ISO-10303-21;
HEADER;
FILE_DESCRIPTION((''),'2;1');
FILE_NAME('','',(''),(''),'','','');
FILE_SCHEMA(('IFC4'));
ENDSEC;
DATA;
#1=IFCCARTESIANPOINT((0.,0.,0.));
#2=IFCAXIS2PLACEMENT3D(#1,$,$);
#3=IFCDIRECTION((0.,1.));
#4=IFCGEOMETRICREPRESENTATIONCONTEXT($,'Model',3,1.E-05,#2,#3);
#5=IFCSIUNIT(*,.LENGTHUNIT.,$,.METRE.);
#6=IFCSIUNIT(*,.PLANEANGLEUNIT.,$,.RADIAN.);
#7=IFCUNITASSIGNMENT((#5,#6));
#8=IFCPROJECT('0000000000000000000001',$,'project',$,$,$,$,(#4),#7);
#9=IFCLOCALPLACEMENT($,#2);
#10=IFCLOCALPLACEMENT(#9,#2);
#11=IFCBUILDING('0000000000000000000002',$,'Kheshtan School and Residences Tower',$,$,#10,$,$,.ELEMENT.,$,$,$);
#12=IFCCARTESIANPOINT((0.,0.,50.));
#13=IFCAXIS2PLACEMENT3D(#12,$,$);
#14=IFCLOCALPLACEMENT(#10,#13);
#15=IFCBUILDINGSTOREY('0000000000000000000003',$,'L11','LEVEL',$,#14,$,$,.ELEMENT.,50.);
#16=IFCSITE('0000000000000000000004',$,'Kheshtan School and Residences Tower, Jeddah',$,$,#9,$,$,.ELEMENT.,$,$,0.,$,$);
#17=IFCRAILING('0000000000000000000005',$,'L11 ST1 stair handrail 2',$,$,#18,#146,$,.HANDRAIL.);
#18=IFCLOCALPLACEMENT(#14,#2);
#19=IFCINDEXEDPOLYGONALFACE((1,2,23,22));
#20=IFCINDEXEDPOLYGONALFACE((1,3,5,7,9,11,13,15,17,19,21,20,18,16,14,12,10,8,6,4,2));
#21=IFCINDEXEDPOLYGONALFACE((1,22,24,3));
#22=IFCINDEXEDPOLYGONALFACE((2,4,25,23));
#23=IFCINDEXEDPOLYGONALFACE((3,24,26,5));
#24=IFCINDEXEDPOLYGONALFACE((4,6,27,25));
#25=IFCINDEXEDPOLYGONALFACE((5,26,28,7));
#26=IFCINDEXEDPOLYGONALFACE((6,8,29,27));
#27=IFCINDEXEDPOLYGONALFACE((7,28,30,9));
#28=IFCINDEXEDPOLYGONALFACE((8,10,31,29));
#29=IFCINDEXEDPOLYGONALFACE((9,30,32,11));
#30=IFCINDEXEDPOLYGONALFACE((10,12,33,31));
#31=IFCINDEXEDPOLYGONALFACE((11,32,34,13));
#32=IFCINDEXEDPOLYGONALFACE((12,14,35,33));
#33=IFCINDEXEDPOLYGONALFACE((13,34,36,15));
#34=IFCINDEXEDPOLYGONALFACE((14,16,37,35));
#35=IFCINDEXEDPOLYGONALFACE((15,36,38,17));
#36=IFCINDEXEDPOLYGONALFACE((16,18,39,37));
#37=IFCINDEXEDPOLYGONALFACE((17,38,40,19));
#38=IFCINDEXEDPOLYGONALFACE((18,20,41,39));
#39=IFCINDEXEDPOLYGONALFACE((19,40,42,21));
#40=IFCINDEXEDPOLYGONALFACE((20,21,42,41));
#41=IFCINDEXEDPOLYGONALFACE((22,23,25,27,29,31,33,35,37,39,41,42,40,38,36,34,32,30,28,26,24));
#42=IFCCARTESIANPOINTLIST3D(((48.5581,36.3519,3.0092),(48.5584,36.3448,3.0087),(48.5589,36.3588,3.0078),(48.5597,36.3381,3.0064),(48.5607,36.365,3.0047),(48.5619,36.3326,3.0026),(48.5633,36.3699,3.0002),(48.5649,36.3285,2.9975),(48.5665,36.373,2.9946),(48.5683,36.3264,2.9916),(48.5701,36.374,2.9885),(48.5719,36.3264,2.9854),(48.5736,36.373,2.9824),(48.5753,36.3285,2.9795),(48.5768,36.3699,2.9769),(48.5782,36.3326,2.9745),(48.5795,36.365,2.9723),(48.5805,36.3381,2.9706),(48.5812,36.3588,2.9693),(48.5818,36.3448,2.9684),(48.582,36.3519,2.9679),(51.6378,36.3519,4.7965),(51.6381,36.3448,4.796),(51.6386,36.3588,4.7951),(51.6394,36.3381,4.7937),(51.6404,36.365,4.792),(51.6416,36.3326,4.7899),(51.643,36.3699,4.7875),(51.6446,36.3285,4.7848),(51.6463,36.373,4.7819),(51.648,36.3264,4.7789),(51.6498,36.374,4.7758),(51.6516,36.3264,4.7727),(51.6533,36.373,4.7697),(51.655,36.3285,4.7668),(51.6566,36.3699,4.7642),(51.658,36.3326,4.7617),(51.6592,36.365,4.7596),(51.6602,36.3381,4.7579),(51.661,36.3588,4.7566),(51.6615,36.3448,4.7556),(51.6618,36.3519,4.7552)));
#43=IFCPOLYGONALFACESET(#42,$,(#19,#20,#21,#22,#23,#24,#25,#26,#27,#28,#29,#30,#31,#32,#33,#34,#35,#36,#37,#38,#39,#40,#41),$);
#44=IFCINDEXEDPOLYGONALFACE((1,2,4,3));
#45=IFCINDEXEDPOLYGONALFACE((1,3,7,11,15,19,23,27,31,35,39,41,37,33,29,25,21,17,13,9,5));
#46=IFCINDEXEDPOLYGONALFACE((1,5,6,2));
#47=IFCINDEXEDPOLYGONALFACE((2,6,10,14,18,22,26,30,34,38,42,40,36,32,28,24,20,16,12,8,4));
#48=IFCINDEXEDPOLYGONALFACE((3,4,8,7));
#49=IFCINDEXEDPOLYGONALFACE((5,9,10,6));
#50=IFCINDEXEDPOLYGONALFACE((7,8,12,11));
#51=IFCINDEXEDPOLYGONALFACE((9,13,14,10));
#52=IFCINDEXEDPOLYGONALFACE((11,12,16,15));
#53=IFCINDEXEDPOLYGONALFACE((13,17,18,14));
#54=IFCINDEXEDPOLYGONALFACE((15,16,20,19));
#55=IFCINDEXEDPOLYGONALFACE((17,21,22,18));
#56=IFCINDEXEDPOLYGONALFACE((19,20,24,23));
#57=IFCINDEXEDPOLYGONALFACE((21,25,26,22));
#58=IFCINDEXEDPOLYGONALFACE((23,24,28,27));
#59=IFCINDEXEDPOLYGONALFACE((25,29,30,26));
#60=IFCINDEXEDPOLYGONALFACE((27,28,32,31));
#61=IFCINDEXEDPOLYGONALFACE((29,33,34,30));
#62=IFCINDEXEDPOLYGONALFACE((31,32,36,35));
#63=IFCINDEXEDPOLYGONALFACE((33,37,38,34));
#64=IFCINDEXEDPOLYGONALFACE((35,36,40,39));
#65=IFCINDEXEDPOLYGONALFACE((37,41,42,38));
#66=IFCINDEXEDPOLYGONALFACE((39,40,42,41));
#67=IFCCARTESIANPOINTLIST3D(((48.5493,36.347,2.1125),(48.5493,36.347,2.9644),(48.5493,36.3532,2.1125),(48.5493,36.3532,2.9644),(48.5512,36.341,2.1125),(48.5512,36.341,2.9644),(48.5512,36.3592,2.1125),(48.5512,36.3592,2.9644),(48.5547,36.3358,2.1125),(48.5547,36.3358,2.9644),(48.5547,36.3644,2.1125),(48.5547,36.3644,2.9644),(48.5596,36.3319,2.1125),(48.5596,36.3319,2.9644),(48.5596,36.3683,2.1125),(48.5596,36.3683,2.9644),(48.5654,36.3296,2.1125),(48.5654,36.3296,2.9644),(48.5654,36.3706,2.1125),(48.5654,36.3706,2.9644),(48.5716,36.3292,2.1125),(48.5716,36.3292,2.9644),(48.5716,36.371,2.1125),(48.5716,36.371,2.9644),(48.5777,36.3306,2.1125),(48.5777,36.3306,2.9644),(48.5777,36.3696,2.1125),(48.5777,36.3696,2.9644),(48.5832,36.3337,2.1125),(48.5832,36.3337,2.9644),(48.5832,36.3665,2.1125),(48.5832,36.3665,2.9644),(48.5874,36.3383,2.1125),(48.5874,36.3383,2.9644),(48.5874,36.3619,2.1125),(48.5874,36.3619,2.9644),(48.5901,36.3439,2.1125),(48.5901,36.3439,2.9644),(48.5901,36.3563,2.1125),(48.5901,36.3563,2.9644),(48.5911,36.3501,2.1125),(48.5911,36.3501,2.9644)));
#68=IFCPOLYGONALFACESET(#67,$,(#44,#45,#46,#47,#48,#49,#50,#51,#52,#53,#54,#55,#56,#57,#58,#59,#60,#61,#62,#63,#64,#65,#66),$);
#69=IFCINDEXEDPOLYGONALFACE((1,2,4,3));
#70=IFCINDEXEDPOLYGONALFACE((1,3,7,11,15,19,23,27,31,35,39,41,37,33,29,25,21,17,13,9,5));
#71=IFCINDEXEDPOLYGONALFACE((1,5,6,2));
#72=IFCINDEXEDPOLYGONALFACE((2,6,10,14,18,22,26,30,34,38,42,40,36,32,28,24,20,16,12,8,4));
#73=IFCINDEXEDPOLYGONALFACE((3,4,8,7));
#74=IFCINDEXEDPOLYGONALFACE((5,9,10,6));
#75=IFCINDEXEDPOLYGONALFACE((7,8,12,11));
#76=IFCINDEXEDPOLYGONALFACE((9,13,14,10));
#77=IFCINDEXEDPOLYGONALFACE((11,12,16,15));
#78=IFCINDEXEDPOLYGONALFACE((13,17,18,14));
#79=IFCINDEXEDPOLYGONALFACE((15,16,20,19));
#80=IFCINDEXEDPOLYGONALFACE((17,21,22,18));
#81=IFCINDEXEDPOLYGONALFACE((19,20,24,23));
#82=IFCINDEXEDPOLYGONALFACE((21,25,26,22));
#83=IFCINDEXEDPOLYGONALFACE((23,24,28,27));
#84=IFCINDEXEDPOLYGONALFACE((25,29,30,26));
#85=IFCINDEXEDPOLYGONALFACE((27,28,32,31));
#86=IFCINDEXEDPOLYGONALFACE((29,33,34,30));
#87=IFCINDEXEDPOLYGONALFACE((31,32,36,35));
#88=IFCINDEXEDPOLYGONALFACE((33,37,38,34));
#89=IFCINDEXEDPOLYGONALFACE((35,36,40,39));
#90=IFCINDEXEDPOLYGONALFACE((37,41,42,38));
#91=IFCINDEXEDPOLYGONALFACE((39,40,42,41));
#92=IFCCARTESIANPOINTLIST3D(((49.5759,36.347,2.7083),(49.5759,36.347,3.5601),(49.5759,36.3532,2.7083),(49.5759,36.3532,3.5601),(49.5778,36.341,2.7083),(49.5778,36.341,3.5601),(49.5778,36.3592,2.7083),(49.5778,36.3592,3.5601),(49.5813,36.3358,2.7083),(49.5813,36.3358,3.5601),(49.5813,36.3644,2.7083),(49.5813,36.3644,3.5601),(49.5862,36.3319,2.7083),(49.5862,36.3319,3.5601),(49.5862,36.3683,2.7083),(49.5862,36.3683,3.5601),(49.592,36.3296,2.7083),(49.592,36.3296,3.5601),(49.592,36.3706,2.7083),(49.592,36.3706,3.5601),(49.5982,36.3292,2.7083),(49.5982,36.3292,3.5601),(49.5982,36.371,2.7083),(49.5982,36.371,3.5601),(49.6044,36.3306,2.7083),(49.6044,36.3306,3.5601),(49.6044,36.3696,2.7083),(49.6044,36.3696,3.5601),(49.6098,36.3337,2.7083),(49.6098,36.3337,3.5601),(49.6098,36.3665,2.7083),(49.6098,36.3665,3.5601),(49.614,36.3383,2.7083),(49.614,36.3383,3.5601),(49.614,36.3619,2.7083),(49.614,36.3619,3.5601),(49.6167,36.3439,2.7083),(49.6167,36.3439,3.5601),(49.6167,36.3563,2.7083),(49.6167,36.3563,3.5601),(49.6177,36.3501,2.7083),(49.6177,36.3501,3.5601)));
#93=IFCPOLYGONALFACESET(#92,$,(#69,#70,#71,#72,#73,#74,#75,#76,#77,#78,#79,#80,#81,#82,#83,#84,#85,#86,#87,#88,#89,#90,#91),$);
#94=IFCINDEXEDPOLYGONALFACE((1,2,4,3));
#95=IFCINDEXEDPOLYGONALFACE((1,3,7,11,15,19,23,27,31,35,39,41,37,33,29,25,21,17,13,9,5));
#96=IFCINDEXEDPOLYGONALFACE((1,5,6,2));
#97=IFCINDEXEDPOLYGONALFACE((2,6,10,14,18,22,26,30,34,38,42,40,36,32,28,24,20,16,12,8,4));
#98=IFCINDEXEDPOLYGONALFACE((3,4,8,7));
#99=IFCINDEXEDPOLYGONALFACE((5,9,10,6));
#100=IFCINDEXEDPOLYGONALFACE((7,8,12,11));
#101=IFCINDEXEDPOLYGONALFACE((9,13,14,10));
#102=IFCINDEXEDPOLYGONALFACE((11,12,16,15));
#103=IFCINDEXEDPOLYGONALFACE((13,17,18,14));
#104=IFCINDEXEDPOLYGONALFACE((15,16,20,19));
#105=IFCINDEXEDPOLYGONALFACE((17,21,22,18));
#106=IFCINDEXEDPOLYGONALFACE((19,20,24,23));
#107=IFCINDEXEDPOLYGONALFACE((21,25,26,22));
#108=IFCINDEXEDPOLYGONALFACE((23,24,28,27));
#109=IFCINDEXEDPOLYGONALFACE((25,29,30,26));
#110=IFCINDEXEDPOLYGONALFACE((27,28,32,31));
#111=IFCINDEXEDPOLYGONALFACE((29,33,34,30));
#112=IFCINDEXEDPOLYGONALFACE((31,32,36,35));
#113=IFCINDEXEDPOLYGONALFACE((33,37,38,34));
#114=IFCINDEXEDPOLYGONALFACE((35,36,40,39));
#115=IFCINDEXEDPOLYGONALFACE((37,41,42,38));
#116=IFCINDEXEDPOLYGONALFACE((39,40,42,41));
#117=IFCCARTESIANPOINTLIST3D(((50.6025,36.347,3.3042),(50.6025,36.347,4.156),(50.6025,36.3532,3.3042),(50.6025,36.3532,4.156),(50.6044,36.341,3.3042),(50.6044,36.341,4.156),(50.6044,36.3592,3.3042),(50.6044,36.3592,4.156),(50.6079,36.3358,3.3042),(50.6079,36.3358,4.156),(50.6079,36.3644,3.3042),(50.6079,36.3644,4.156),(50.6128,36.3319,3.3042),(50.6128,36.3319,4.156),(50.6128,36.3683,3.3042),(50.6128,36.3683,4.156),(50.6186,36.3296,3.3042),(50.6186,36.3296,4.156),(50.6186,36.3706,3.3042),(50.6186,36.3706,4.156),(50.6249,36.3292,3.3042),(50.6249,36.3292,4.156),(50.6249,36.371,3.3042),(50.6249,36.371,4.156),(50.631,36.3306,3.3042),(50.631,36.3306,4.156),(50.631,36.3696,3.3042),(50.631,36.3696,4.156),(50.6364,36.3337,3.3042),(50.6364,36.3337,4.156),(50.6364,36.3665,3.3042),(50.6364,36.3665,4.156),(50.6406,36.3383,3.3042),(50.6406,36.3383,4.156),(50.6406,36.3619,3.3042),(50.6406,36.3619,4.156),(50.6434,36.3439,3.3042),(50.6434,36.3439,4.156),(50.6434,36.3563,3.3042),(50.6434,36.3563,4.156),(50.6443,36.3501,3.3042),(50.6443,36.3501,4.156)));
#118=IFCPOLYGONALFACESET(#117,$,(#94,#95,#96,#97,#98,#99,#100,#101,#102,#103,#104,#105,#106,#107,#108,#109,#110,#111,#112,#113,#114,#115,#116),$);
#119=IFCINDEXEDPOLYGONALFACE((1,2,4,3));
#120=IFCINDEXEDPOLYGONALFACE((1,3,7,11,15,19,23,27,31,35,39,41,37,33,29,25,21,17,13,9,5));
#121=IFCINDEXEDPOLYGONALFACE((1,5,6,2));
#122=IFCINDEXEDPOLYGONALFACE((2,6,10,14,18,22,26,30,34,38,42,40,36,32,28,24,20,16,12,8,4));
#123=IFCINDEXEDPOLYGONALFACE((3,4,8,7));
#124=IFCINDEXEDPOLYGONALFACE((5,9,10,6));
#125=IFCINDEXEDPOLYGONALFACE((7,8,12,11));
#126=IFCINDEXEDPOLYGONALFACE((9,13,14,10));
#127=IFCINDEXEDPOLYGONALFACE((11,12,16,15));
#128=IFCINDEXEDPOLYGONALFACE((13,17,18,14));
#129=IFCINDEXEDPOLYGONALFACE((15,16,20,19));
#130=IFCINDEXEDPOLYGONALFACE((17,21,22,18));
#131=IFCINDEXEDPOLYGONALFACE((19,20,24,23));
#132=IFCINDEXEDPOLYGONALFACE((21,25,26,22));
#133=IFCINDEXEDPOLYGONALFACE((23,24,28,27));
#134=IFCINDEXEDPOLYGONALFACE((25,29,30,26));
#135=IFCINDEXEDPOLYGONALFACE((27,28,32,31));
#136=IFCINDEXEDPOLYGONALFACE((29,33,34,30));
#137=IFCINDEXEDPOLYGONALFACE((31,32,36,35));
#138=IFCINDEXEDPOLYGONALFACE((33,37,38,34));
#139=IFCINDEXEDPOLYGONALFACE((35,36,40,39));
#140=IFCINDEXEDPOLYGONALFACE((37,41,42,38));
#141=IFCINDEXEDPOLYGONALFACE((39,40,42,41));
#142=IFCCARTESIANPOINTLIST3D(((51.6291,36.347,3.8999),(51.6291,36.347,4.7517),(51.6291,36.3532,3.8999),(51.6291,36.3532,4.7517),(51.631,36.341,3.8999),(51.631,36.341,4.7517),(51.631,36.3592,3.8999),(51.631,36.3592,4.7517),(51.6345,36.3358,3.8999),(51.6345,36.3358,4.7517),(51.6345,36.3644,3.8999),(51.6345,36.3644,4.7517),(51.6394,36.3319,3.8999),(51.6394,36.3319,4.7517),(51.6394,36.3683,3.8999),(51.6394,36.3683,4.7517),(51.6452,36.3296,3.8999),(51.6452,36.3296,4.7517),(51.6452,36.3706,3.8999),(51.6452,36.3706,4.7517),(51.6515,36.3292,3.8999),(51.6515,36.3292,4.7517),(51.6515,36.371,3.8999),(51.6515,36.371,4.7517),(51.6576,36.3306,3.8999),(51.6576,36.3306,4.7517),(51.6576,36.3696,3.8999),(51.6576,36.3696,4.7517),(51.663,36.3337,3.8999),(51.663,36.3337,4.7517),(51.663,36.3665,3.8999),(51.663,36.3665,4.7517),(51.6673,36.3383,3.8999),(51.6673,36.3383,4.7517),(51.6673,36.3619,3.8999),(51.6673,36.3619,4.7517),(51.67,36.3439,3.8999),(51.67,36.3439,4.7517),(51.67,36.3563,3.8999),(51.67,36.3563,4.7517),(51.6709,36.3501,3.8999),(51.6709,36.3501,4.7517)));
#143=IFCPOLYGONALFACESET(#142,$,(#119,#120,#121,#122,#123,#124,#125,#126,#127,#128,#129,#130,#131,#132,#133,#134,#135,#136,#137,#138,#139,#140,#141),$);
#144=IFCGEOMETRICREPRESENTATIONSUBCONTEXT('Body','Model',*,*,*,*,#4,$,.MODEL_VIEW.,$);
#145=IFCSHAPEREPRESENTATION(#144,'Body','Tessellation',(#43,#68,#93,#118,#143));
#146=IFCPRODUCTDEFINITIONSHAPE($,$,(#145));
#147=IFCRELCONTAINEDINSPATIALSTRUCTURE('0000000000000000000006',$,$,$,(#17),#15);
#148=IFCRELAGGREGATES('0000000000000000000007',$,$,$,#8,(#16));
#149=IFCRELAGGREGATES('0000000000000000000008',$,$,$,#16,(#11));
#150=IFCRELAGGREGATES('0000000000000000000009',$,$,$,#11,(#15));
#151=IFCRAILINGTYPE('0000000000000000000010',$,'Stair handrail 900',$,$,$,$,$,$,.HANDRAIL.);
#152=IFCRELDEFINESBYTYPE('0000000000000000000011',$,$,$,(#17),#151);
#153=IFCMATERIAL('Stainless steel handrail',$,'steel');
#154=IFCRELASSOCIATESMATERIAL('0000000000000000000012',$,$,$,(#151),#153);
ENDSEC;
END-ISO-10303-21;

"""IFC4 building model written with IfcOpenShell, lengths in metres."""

from ifc_helpers import new_model, si_unit, direction, frame, origin, origin_2d, place, context, subcontext, project, spatial, circle, extrude, material, type_object, element, save


model = new_model("IFC4")

# Units and contexts
model_context = context("Model", 3, precision=1e-05, world=origin(), true_north=direction((0.0, 1.0)))
body_context = subcontext(model_context, "Body", "Model", "MODEL_VIEW")
ifc_project = project(units=[si_unit("LENGTHUNIT", "METRE"), si_unit("PLANEANGLEUNIT", "RADIAN")], contexts=[model_context])

# Site, building, storey
site_placement = place(None, origin())
site = spatial("IfcSite", under=ifc_project, at=site_placement, Name="Kheshtan School and Residences Tower, Jeddah", CompositionType="ELEMENT", RefElevation=0.0)
building_placement = place(site_placement, origin())
building = spatial("IfcBuilding", under=site, at=building_placement, Name="Kheshtan School and Residences Tower", CompositionType="ELEMENT")
storey_placement = place(building_placement, frame((0.0, 0.0, 50.0)))
storey = spatial("IfcBuildingStorey", under=building, at=storey_placement, Name="L11", Description="LEVEL", CompositionType="ELEMENT", Elevation=50.0)

# Railing
ifc_material_1 = material(Name="Stainless steel handrail", Category="steel")
railing_type = type_object("IfcRailingType", Name="Stair handrail 900", PredefinedType="HANDRAIL", material=ifc_material_1)
railing_placement = place(storey_placement, frame((48.5701, 36.3501, 2.1125)))
element("IfcRailing", 1, at=railing_placement, inside=storey, type_object=railing_type, Name="L11 ST1 stair handrail 2", PredefinedType="HANDRAIL", context=body_context, shape_type="SweptSolid", body=[
    extrude(circle(Radius=0.0239, at=origin_2d()), frame((0.0, 0.0, 0.876), z_axis=(0.864903, 0.0, 0.501939), x_axis=(0.0, 1.0, 0.0)), (0.0, 0.0, 1.0), 3.5608),
    extrude(circle(Radius=0.021, at=origin_2d()), origin(), (0.0, 0.0, 1.0), 0.8518),
    extrude(circle(Radius=0.021, at=origin_2d()), frame((1.0266, 0.0, 0.5957)), (0.0, 0.0, 1.0), 0.8518),
    extrude(circle(Radius=0.021, at=origin_2d()), frame((2.0532, 0.0, 1.1917)), (0.0, 0.0, 1.0), 0.8518),
    extrude(circle(Radius=0.021, at=origin_2d()), frame((3.0798, 0.0, 1.7874)), (0.0, 0.0, 1.0), 0.8518),
])

save(model, "model.ifc")
